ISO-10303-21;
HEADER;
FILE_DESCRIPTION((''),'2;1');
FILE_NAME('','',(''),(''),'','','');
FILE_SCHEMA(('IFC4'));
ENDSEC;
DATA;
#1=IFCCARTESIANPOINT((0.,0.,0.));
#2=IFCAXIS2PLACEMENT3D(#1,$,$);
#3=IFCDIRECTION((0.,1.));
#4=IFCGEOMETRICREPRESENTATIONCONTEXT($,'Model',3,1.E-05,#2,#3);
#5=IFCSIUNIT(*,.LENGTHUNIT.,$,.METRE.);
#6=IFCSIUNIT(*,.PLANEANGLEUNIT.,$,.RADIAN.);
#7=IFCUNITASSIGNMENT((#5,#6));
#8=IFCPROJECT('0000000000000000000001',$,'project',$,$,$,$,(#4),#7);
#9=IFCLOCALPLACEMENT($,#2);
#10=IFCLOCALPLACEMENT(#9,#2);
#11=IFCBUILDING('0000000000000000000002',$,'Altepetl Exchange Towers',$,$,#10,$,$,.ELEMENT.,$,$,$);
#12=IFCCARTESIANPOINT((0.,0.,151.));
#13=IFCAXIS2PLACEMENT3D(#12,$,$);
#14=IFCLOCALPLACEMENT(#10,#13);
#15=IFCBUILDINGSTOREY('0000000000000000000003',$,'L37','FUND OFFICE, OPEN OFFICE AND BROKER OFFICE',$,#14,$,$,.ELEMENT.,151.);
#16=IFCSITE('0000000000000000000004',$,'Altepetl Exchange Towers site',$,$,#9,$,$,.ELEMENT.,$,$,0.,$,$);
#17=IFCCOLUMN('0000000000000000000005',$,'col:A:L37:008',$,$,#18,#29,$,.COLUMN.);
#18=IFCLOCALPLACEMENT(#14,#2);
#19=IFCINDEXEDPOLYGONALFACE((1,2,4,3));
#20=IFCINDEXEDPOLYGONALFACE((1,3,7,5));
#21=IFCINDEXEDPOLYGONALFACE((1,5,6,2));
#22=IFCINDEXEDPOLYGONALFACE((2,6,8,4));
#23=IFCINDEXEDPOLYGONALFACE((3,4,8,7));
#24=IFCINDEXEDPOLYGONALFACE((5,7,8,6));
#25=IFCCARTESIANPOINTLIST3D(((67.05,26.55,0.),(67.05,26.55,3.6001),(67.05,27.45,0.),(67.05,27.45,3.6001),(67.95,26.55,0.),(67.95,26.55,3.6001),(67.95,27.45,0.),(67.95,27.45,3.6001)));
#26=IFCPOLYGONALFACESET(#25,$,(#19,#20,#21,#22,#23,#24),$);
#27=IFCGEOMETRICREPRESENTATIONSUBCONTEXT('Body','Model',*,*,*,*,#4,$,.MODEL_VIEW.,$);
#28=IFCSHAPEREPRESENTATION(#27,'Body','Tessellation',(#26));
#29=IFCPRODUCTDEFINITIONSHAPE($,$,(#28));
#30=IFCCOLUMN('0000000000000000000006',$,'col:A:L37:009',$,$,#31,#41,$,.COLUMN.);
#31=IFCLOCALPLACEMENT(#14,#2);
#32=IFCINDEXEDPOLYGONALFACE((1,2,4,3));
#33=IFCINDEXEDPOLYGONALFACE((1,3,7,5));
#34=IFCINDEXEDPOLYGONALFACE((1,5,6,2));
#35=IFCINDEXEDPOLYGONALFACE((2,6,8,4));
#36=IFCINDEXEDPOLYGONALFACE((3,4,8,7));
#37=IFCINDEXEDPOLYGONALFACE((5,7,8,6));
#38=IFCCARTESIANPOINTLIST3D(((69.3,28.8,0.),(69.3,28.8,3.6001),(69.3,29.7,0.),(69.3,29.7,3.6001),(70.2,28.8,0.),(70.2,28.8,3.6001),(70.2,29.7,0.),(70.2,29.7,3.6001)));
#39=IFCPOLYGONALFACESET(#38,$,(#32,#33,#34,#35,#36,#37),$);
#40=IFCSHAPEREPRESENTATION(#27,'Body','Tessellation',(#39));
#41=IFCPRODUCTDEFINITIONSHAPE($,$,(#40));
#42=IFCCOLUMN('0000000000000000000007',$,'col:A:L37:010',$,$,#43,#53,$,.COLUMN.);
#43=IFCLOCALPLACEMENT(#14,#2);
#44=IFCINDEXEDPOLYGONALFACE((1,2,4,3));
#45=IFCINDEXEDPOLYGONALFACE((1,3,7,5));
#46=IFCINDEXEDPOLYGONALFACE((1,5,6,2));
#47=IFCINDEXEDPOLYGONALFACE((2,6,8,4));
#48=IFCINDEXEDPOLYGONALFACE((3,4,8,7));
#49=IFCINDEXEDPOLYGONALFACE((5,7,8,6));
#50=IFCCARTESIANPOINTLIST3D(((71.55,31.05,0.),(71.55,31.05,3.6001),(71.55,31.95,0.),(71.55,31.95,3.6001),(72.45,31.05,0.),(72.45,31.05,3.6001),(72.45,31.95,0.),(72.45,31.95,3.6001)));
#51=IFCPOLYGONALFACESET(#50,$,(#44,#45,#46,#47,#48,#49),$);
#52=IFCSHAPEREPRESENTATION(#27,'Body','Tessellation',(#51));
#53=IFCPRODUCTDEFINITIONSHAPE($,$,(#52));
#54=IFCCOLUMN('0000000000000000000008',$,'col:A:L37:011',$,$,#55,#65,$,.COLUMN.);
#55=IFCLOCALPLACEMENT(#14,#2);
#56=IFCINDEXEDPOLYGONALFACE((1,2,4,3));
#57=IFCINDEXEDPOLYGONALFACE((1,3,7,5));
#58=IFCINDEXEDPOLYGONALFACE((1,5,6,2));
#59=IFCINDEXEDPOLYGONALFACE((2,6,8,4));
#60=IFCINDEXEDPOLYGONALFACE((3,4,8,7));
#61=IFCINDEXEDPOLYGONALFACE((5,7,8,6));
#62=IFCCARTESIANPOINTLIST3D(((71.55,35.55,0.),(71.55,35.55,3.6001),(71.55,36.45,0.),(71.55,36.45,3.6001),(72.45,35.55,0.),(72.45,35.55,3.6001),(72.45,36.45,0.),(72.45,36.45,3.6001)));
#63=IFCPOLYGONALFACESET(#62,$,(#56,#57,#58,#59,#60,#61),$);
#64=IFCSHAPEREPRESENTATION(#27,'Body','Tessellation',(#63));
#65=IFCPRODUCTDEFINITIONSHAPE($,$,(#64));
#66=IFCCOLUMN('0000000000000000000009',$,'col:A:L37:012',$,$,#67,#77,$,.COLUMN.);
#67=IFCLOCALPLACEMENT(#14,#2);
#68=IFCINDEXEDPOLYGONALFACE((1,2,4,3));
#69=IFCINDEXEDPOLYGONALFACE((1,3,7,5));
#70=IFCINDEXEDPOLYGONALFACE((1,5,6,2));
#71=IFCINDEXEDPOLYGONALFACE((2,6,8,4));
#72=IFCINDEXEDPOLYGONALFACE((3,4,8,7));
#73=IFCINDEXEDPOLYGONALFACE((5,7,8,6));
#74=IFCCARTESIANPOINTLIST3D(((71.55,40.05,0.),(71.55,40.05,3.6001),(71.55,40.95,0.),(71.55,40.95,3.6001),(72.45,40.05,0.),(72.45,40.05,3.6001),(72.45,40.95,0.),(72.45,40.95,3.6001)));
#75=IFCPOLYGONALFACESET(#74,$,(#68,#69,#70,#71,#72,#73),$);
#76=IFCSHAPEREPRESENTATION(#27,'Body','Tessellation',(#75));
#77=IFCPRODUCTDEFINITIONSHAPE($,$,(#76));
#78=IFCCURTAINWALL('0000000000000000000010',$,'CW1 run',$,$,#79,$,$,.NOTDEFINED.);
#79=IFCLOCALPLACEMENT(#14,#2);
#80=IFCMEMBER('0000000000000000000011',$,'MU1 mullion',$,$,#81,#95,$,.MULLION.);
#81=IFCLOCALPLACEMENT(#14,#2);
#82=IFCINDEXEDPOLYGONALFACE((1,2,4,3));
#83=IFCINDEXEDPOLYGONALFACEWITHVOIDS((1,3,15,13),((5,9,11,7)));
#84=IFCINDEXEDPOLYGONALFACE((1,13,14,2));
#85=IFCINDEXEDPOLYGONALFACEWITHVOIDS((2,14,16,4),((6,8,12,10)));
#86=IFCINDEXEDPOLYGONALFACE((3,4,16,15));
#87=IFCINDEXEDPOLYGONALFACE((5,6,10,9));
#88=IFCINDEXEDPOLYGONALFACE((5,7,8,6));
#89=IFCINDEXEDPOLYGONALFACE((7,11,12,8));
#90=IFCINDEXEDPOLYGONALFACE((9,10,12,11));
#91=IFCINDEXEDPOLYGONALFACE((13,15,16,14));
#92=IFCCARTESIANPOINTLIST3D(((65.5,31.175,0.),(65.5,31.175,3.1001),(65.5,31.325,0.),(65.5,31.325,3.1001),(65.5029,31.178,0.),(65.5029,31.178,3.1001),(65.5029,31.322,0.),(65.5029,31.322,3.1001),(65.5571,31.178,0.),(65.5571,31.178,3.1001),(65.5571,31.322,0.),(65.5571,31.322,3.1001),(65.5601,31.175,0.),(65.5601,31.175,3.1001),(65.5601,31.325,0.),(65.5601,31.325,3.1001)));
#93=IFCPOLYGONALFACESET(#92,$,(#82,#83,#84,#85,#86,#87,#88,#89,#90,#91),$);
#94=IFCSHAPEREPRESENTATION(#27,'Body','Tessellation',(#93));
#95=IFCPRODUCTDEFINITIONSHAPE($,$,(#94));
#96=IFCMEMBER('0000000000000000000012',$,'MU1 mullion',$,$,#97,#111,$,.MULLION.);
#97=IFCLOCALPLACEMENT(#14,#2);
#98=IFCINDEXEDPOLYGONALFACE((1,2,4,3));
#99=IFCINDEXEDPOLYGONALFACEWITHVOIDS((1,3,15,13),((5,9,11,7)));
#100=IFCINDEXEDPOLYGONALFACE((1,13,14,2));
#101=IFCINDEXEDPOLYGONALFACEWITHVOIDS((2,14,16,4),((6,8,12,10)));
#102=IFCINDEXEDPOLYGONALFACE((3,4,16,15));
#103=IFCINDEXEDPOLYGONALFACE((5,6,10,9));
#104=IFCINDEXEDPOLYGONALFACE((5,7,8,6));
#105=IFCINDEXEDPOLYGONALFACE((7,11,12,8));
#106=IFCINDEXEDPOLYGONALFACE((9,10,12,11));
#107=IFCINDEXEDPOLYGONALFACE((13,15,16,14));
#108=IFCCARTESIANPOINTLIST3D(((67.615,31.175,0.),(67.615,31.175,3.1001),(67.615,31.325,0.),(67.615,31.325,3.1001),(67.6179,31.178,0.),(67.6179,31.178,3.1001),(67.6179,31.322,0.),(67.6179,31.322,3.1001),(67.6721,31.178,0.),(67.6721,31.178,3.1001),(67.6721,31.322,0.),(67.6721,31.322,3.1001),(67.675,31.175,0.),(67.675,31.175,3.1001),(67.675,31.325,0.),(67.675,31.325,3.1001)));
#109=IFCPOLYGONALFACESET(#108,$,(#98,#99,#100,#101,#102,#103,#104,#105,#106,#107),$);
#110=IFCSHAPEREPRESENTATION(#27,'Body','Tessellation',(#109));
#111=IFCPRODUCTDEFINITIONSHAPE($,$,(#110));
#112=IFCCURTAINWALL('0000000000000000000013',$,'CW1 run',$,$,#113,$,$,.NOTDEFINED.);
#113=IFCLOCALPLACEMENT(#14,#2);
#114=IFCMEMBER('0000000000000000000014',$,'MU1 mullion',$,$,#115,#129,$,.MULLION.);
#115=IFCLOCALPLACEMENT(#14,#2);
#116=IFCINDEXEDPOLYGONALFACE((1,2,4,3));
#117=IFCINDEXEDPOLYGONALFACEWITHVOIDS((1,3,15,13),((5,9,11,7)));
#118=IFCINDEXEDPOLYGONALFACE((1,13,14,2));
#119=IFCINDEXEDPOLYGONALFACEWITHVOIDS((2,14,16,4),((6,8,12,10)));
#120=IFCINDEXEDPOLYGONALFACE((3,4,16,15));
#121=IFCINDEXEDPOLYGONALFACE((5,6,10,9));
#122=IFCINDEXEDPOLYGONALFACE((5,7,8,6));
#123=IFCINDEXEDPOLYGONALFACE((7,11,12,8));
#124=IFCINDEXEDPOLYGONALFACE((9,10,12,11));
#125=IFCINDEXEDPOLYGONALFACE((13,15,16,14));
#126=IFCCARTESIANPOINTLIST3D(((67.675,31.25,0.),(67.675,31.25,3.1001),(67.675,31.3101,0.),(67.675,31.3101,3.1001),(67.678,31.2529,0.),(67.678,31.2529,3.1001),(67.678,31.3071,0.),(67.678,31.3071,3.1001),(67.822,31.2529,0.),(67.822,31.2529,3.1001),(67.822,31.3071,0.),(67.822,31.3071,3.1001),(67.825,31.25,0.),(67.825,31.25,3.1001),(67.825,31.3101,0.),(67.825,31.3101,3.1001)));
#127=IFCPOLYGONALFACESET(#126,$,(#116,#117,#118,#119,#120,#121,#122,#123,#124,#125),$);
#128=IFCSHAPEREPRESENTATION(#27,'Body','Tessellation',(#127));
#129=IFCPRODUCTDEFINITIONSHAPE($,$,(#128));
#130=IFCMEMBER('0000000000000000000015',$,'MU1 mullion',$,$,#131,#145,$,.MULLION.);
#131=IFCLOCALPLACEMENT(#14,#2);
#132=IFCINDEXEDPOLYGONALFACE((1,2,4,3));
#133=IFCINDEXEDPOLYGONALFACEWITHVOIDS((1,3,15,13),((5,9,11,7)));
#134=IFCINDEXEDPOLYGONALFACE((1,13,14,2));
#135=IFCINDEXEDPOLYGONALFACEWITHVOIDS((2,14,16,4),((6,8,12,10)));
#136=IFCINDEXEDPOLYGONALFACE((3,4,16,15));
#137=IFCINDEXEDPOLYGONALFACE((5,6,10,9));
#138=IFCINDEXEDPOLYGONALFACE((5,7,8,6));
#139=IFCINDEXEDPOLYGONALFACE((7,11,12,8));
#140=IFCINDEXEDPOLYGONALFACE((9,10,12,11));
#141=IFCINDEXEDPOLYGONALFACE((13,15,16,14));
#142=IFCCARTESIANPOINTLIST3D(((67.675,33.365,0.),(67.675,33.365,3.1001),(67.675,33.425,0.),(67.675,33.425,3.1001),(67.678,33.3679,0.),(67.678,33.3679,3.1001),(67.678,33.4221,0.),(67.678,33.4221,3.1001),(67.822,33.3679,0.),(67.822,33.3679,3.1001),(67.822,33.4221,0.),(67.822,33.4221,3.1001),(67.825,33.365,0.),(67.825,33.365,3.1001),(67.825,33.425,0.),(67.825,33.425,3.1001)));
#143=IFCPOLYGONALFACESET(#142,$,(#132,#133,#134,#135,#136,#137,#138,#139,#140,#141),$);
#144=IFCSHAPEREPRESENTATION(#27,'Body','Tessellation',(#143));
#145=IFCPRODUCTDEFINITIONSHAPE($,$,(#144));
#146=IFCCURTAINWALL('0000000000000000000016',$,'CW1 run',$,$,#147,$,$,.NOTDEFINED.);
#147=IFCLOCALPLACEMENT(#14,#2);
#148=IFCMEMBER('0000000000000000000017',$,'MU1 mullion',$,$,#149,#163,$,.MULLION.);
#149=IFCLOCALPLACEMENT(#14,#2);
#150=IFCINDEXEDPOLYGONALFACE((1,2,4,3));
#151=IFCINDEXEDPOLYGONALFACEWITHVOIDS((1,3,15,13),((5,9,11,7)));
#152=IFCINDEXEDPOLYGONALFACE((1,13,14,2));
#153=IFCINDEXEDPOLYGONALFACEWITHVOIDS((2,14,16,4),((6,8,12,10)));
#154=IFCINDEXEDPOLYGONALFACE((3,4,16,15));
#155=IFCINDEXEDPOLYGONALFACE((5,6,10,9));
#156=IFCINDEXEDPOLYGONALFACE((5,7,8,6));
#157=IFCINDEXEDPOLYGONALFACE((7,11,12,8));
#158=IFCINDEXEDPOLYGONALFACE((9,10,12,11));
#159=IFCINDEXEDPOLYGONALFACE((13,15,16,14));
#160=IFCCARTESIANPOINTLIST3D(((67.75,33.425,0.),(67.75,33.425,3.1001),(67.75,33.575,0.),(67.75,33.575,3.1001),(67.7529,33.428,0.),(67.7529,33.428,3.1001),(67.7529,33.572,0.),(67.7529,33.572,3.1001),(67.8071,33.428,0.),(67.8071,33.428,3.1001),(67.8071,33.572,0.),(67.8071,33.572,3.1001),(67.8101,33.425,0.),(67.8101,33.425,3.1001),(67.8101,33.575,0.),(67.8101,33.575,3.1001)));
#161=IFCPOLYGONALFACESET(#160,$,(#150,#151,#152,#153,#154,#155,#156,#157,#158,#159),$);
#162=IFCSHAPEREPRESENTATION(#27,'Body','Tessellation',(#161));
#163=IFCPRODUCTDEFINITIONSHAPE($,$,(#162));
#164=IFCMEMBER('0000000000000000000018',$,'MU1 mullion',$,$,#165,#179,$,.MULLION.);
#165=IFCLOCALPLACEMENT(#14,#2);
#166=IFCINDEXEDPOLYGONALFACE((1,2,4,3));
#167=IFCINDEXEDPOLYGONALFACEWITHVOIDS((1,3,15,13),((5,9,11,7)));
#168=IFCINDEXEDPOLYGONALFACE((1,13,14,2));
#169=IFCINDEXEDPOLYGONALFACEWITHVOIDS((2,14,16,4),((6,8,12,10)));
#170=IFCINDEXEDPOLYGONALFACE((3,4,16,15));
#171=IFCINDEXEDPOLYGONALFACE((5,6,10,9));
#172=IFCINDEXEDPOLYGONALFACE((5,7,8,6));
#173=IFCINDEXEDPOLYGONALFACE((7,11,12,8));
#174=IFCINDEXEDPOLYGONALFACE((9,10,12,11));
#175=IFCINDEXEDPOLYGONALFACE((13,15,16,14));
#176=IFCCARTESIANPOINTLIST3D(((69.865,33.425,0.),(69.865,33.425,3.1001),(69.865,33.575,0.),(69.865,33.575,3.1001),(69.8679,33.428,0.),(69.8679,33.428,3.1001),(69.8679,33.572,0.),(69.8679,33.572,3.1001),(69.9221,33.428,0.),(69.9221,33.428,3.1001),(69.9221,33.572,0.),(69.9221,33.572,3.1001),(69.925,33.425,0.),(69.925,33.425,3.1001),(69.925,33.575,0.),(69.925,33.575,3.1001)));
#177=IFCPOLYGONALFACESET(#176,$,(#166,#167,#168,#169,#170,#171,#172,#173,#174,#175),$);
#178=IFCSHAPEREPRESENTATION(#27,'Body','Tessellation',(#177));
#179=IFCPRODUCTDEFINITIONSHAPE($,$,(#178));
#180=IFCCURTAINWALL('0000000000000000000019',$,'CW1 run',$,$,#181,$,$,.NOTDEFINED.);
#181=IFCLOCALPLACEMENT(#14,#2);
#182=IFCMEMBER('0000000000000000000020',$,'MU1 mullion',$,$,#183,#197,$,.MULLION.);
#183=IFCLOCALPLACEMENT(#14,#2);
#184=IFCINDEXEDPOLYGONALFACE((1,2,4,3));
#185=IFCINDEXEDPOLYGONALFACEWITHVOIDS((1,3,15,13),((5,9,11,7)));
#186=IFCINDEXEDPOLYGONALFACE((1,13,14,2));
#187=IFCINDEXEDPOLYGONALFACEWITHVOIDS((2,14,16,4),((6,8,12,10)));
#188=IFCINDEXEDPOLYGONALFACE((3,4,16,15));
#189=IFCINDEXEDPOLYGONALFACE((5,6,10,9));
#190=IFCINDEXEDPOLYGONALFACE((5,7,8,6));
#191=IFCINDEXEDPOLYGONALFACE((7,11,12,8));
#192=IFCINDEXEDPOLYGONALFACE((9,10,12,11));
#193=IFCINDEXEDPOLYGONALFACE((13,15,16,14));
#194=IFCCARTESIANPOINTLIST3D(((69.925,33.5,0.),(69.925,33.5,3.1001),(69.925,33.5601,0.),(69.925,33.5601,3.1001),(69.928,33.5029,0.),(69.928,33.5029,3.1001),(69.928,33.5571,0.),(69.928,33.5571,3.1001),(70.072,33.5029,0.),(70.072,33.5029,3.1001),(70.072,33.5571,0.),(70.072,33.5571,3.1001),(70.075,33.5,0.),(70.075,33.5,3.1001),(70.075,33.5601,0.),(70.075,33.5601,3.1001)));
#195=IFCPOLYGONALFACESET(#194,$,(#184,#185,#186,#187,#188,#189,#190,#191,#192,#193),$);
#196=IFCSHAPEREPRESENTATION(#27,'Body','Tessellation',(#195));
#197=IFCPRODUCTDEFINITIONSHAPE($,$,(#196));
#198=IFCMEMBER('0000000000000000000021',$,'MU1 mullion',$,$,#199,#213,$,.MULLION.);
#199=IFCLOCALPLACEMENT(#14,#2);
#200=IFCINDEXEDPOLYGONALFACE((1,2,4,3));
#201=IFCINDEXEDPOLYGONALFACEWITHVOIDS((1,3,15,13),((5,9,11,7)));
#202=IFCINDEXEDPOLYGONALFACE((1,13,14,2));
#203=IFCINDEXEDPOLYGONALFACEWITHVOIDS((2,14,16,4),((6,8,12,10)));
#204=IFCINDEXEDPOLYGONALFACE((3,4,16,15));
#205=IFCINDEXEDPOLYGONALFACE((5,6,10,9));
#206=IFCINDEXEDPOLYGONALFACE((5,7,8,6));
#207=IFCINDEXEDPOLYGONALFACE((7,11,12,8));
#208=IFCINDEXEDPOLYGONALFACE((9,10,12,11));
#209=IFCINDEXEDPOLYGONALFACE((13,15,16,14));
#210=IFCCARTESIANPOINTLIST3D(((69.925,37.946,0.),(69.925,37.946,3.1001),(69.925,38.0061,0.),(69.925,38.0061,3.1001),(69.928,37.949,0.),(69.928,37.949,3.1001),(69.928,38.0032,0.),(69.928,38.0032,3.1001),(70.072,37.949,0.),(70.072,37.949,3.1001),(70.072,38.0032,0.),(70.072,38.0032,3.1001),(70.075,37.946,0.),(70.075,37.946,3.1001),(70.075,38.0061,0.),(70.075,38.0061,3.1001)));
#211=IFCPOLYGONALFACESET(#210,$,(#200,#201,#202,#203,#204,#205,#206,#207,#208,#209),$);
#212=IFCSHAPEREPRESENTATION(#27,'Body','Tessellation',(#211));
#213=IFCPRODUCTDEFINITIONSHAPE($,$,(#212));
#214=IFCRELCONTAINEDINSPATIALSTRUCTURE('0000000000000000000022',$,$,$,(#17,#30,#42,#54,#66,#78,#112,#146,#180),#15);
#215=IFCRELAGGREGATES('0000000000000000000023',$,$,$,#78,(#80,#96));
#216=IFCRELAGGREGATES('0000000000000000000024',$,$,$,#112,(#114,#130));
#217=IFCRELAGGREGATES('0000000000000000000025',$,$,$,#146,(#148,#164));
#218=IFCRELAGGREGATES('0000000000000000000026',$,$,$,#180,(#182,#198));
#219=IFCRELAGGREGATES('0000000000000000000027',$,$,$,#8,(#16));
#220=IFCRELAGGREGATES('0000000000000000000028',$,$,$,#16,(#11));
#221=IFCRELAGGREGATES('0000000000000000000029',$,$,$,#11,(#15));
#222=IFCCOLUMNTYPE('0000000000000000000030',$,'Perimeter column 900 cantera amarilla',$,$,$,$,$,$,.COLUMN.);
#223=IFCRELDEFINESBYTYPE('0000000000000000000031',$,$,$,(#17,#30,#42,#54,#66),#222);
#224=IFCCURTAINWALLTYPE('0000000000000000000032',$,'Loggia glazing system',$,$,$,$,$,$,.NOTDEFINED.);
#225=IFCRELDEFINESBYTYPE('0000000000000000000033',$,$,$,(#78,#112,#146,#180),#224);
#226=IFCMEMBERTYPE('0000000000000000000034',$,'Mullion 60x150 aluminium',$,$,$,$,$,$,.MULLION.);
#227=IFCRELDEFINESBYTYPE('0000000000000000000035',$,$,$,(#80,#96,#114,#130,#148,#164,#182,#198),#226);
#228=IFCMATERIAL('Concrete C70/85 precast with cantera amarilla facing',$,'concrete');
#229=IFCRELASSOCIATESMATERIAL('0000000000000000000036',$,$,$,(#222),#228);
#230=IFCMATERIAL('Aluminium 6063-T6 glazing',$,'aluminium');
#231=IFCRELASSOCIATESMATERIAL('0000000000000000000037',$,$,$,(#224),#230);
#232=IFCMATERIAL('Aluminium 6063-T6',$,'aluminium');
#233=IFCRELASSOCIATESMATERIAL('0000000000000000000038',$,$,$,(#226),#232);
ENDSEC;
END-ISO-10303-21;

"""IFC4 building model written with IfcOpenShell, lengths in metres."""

from ifc_helpers import new_model, si_unit, direction, frame, origin, origin_2d, place, context, subcontext, project, spatial, rectangle, hollow_rectangle, extrude, material, material_profile, profile_set, type_object, element, aggregate, save


model = new_model("IFC4")

# Units and contexts
model_context = context("Model", 3, precision=1e-05, world=origin(), true_north=direction((0.0, 1.0)))
body_context = subcontext(model_context, "Body", "Model", "MODEL_VIEW")
ifc_project = project(units=[si_unit("LENGTHUNIT", "METRE"), si_unit("PLANEANGLEUNIT", "RADIAN")], contexts=[model_context])

# Site, building, storey
site_placement = place(None, origin())
site = spatial("IfcSite", under=ifc_project, at=site_placement, Name="Altepetl Exchange Towers site", CompositionType="ELEMENT", RefElevation=0.0)
building_placement = place(site_placement, origin())
building = spatial("IfcBuilding", under=site, at=building_placement, Name="Altepetl Exchange Towers", CompositionType="ELEMENT")
storey_placement = place(building_placement, frame((0.0, 0.0, 151.0)))
storey = spatial("IfcBuildingStorey", under=building, at=storey_placement, Name="L37", Description="FUND OFFICE, OPEN OFFICE AND BROKER OFFICE", CompositionType="ELEMENT", Elevation=151.0)

# Columns
ifc_material_1 = material(Name="Concrete C70/85 precast with cantera amarilla facing", Category="concrete")
ifc_material_profile_1 = material_profile(ifc_material_1, rectangle(XDim=0.8999, YDim=0.8999, at=origin_2d()), Name="900 x 900")
ifc_profile_set_1 = profile_set([ifc_material_profile_1], Name="Concrete C70/85 precast with cantera amarilla facing")
column_type = type_object("IfcColumnType", Name="Perimeter column 900 cantera amarilla", PredefinedType="COLUMN", material=ifc_profile_set_1)
for number, where, name in (
    (1, (67.5, 27.0, 0.0), "col:A:L37:008"),
    (2, (69.75, 29.25, 0.0), "col:A:L37:009"),
    (3, (72.0, 31.5, 0.0), "col:A:L37:010"),
    (4, (72.0, 36.0, 0.0), "col:A:L37:011"),
    (5, (72.0, 40.5, 0.0), "col:A:L37:012"),
):
    element("IfcColumn", number, at=place(storey_placement, frame(where)), inside=storey, type_object=column_type, Name=name, PredefinedType="COLUMN", context=body_context, shape_type="SweptSolid", body=[
        extrude(rectangle(XDim=0.8999, YDim=0.8999, at=origin_2d()), origin(), (0.0, 0.0, 1.0), 3.6001),
    ])

# Curtain walls, members
ifc_material_2 = material(Name="Aluminium 6063-T6 glazing", Category="aluminium")
curtain_wall_type = type_object("IfcCurtainWallType", Name="Loggia glazing system", PredefinedType="NOTDEFINED", material=ifc_material_2)
curtain_wall_1_placement = place(storey_placement, origin())
curtain_wall_1 = element("IfcCurtainWall", 6, at=curtain_wall_1_placement, inside=storey, type_object=curtain_wall_type, Name="CW1 run", PredefinedType="NOTDEFINED")
ifc_material_3 = material(Name="Aluminium 6063-T6", Category="aluminium")
ifc_material_profile_2 = material_profile(ifc_material_3, hollow_rectangle(XDim=0.0601, YDim=0.1499, WallThickness=0.0029, at=origin_2d()), Name="Mullion 60x150 aluminium")
ifc_profile_set_2 = profile_set([ifc_material_profile_2], Name="Aluminium 6063-T6")
member_type = type_object("IfcMemberType", Name="Mullion 60x150 aluminium", PredefinedType="MULLION", material=ifc_profile_set_2)
member_1_placement = place(storey_placement, frame((65.53, 31.25, 0.0)))
member_1 = element("IfcMember", 7, at=member_1_placement, type_object=member_type, Name="MU1 mullion", PredefinedType="MULLION", context=body_context, shape_type="SweptSolid", body=[
    extrude(hollow_rectangle(XDim=0.0601, YDim=0.1499, WallThickness=0.0029, at=origin_2d()), origin(), (0.0, 0.0, 1.0), 3.1001),
])
member_2_placement = place(storey_placement, frame((67.645, 31.25, 0.0)))
member_2 = element("IfcMember", 8, at=member_2_placement, type_object=member_type, Name="MU1 mullion", PredefinedType="MULLION", context=body_context, shape_type="SweptSolid", body=[
    extrude(hollow_rectangle(XDim=0.0601, YDim=0.1499, WallThickness=0.0029, at=origin_2d()), origin(), (0.0, 0.0, 1.0), 3.1001),
])
curtain_wall_2_placement = place(storey_placement, origin())
curtain_wall_2 = element("IfcCurtainWall", 9, at=curtain_wall_2_placement, inside=storey, type_object=curtain_wall_type, Name="CW1 run", PredefinedType="NOTDEFINED")
member_3_placement = place(storey_placement, frame((67.75, 31.28, 0.0), z_axis=(0.0, 0.0, 1.0), x_axis=(0.0, 1.0, 0.0)))
member_3 = element("IfcMember", 10, at=member_3_placement, type_object=member_type, Name="MU1 mullion", PredefinedType="MULLION", context=body_context, shape_type="SweptSolid", body=[
    extrude(hollow_rectangle(XDim=0.0601, YDim=0.1499, WallThickness=0.0029, at=origin_2d()), origin(), (0.0, 0.0, 1.0), 3.1001),
])
member_4_placement = place(storey_placement, frame((67.75, 33.395, 0.0), z_axis=(0.0, 0.0, 1.0), x_axis=(0.0, 1.0, 0.0)))
member_4 = element("IfcMember", 11, at=member_4_placement, type_object=member_type, Name="MU1 mullion", PredefinedType="MULLION", context=body_context, shape_type="SweptSolid", body=[
    extrude(hollow_rectangle(XDim=0.0601, YDim=0.1499, WallThickness=0.0029, at=origin_2d()), origin(), (0.0, 0.0, 1.0), 3.1001),
])
curtain_wall_3_placement = place(storey_placement, origin())
curtain_wall_3 = element("IfcCurtainWall", 12, at=curtain_wall_3_placement, inside=storey, type_object=curtain_wall_type, Name="CW1 run", PredefinedType="NOTDEFINED")
member_5_placement = place(storey_placement, frame((67.78, 33.5, 0.0)))
member_5 = element("IfcMember", 13, at=member_5_placement, type_object=member_type, Name="MU1 mullion", PredefinedType="MULLION", context=body_context, shape_type="SweptSolid", body=[
    extrude(hollow_rectangle(XDim=0.0601, YDim=0.1499, WallThickness=0.0029, at=origin_2d()), origin(), (0.0, 0.0, 1.0), 3.1001),
])
member_6_placement = place(storey_placement, frame((69.895, 33.5, 0.0)))
member_6 = element("IfcMember", 14, at=member_6_placement, type_object=member_type, Name="MU1 mullion", PredefinedType="MULLION", context=body_context, shape_type="SweptSolid", body=[
    extrude(hollow_rectangle(XDim=0.0601, YDim=0.1499, WallThickness=0.0029, at=origin_2d()), origin(), (0.0, 0.0, 1.0), 3.1001),
])
curtain_wall_4_placement = place(storey_placement, origin())
curtain_wall_4 = element("IfcCurtainWall", 15, at=curtain_wall_4_placement, inside=storey, type_object=curtain_wall_type, Name="CW1 run", PredefinedType="NOTDEFINED")
member_7_placement = place(storey_placement, frame((70.0, 33.53, 0.0), z_axis=(0.0, 0.0, 1.0), x_axis=(0.0, 1.0, 0.0)))
member_7 = element("IfcMember", 16, at=member_7_placement, type_object=member_type, Name="MU1 mullion", PredefinedType="MULLION", context=body_context, shape_type="SweptSolid", body=[
    extrude(hollow_rectangle(XDim=0.0601, YDim=0.1499, WallThickness=0.0029, at=origin_2d()), origin(), (0.0, 0.0, 1.0), 3.1001),
])
member_8_placement = place(storey_placement, frame((70.0, 37.9761, 0.0), z_axis=(0.0, 0.0, 1.0), x_axis=(0.0, 1.0, 0.0)))
member_8 = element("IfcMember", 17, at=member_8_placement, type_object=member_type, Name="MU1 mullion", PredefinedType="MULLION", context=body_context, shape_type="SweptSolid", body=[
    extrude(hollow_rectangle(XDim=0.0601, YDim=0.1499, WallThickness=0.0029, at=origin_2d()), origin(), (0.0, 0.0, 1.0), 3.1001),
])

aggregate(curtain_wall_1, [member_1, member_2])
aggregate(curtain_wall_2, [member_3, member_4])
aggregate(curtain_wall_3, [member_5, member_6])
aggregate(curtain_wall_4, [member_7, member_8])

save(model, "model.ifc")
